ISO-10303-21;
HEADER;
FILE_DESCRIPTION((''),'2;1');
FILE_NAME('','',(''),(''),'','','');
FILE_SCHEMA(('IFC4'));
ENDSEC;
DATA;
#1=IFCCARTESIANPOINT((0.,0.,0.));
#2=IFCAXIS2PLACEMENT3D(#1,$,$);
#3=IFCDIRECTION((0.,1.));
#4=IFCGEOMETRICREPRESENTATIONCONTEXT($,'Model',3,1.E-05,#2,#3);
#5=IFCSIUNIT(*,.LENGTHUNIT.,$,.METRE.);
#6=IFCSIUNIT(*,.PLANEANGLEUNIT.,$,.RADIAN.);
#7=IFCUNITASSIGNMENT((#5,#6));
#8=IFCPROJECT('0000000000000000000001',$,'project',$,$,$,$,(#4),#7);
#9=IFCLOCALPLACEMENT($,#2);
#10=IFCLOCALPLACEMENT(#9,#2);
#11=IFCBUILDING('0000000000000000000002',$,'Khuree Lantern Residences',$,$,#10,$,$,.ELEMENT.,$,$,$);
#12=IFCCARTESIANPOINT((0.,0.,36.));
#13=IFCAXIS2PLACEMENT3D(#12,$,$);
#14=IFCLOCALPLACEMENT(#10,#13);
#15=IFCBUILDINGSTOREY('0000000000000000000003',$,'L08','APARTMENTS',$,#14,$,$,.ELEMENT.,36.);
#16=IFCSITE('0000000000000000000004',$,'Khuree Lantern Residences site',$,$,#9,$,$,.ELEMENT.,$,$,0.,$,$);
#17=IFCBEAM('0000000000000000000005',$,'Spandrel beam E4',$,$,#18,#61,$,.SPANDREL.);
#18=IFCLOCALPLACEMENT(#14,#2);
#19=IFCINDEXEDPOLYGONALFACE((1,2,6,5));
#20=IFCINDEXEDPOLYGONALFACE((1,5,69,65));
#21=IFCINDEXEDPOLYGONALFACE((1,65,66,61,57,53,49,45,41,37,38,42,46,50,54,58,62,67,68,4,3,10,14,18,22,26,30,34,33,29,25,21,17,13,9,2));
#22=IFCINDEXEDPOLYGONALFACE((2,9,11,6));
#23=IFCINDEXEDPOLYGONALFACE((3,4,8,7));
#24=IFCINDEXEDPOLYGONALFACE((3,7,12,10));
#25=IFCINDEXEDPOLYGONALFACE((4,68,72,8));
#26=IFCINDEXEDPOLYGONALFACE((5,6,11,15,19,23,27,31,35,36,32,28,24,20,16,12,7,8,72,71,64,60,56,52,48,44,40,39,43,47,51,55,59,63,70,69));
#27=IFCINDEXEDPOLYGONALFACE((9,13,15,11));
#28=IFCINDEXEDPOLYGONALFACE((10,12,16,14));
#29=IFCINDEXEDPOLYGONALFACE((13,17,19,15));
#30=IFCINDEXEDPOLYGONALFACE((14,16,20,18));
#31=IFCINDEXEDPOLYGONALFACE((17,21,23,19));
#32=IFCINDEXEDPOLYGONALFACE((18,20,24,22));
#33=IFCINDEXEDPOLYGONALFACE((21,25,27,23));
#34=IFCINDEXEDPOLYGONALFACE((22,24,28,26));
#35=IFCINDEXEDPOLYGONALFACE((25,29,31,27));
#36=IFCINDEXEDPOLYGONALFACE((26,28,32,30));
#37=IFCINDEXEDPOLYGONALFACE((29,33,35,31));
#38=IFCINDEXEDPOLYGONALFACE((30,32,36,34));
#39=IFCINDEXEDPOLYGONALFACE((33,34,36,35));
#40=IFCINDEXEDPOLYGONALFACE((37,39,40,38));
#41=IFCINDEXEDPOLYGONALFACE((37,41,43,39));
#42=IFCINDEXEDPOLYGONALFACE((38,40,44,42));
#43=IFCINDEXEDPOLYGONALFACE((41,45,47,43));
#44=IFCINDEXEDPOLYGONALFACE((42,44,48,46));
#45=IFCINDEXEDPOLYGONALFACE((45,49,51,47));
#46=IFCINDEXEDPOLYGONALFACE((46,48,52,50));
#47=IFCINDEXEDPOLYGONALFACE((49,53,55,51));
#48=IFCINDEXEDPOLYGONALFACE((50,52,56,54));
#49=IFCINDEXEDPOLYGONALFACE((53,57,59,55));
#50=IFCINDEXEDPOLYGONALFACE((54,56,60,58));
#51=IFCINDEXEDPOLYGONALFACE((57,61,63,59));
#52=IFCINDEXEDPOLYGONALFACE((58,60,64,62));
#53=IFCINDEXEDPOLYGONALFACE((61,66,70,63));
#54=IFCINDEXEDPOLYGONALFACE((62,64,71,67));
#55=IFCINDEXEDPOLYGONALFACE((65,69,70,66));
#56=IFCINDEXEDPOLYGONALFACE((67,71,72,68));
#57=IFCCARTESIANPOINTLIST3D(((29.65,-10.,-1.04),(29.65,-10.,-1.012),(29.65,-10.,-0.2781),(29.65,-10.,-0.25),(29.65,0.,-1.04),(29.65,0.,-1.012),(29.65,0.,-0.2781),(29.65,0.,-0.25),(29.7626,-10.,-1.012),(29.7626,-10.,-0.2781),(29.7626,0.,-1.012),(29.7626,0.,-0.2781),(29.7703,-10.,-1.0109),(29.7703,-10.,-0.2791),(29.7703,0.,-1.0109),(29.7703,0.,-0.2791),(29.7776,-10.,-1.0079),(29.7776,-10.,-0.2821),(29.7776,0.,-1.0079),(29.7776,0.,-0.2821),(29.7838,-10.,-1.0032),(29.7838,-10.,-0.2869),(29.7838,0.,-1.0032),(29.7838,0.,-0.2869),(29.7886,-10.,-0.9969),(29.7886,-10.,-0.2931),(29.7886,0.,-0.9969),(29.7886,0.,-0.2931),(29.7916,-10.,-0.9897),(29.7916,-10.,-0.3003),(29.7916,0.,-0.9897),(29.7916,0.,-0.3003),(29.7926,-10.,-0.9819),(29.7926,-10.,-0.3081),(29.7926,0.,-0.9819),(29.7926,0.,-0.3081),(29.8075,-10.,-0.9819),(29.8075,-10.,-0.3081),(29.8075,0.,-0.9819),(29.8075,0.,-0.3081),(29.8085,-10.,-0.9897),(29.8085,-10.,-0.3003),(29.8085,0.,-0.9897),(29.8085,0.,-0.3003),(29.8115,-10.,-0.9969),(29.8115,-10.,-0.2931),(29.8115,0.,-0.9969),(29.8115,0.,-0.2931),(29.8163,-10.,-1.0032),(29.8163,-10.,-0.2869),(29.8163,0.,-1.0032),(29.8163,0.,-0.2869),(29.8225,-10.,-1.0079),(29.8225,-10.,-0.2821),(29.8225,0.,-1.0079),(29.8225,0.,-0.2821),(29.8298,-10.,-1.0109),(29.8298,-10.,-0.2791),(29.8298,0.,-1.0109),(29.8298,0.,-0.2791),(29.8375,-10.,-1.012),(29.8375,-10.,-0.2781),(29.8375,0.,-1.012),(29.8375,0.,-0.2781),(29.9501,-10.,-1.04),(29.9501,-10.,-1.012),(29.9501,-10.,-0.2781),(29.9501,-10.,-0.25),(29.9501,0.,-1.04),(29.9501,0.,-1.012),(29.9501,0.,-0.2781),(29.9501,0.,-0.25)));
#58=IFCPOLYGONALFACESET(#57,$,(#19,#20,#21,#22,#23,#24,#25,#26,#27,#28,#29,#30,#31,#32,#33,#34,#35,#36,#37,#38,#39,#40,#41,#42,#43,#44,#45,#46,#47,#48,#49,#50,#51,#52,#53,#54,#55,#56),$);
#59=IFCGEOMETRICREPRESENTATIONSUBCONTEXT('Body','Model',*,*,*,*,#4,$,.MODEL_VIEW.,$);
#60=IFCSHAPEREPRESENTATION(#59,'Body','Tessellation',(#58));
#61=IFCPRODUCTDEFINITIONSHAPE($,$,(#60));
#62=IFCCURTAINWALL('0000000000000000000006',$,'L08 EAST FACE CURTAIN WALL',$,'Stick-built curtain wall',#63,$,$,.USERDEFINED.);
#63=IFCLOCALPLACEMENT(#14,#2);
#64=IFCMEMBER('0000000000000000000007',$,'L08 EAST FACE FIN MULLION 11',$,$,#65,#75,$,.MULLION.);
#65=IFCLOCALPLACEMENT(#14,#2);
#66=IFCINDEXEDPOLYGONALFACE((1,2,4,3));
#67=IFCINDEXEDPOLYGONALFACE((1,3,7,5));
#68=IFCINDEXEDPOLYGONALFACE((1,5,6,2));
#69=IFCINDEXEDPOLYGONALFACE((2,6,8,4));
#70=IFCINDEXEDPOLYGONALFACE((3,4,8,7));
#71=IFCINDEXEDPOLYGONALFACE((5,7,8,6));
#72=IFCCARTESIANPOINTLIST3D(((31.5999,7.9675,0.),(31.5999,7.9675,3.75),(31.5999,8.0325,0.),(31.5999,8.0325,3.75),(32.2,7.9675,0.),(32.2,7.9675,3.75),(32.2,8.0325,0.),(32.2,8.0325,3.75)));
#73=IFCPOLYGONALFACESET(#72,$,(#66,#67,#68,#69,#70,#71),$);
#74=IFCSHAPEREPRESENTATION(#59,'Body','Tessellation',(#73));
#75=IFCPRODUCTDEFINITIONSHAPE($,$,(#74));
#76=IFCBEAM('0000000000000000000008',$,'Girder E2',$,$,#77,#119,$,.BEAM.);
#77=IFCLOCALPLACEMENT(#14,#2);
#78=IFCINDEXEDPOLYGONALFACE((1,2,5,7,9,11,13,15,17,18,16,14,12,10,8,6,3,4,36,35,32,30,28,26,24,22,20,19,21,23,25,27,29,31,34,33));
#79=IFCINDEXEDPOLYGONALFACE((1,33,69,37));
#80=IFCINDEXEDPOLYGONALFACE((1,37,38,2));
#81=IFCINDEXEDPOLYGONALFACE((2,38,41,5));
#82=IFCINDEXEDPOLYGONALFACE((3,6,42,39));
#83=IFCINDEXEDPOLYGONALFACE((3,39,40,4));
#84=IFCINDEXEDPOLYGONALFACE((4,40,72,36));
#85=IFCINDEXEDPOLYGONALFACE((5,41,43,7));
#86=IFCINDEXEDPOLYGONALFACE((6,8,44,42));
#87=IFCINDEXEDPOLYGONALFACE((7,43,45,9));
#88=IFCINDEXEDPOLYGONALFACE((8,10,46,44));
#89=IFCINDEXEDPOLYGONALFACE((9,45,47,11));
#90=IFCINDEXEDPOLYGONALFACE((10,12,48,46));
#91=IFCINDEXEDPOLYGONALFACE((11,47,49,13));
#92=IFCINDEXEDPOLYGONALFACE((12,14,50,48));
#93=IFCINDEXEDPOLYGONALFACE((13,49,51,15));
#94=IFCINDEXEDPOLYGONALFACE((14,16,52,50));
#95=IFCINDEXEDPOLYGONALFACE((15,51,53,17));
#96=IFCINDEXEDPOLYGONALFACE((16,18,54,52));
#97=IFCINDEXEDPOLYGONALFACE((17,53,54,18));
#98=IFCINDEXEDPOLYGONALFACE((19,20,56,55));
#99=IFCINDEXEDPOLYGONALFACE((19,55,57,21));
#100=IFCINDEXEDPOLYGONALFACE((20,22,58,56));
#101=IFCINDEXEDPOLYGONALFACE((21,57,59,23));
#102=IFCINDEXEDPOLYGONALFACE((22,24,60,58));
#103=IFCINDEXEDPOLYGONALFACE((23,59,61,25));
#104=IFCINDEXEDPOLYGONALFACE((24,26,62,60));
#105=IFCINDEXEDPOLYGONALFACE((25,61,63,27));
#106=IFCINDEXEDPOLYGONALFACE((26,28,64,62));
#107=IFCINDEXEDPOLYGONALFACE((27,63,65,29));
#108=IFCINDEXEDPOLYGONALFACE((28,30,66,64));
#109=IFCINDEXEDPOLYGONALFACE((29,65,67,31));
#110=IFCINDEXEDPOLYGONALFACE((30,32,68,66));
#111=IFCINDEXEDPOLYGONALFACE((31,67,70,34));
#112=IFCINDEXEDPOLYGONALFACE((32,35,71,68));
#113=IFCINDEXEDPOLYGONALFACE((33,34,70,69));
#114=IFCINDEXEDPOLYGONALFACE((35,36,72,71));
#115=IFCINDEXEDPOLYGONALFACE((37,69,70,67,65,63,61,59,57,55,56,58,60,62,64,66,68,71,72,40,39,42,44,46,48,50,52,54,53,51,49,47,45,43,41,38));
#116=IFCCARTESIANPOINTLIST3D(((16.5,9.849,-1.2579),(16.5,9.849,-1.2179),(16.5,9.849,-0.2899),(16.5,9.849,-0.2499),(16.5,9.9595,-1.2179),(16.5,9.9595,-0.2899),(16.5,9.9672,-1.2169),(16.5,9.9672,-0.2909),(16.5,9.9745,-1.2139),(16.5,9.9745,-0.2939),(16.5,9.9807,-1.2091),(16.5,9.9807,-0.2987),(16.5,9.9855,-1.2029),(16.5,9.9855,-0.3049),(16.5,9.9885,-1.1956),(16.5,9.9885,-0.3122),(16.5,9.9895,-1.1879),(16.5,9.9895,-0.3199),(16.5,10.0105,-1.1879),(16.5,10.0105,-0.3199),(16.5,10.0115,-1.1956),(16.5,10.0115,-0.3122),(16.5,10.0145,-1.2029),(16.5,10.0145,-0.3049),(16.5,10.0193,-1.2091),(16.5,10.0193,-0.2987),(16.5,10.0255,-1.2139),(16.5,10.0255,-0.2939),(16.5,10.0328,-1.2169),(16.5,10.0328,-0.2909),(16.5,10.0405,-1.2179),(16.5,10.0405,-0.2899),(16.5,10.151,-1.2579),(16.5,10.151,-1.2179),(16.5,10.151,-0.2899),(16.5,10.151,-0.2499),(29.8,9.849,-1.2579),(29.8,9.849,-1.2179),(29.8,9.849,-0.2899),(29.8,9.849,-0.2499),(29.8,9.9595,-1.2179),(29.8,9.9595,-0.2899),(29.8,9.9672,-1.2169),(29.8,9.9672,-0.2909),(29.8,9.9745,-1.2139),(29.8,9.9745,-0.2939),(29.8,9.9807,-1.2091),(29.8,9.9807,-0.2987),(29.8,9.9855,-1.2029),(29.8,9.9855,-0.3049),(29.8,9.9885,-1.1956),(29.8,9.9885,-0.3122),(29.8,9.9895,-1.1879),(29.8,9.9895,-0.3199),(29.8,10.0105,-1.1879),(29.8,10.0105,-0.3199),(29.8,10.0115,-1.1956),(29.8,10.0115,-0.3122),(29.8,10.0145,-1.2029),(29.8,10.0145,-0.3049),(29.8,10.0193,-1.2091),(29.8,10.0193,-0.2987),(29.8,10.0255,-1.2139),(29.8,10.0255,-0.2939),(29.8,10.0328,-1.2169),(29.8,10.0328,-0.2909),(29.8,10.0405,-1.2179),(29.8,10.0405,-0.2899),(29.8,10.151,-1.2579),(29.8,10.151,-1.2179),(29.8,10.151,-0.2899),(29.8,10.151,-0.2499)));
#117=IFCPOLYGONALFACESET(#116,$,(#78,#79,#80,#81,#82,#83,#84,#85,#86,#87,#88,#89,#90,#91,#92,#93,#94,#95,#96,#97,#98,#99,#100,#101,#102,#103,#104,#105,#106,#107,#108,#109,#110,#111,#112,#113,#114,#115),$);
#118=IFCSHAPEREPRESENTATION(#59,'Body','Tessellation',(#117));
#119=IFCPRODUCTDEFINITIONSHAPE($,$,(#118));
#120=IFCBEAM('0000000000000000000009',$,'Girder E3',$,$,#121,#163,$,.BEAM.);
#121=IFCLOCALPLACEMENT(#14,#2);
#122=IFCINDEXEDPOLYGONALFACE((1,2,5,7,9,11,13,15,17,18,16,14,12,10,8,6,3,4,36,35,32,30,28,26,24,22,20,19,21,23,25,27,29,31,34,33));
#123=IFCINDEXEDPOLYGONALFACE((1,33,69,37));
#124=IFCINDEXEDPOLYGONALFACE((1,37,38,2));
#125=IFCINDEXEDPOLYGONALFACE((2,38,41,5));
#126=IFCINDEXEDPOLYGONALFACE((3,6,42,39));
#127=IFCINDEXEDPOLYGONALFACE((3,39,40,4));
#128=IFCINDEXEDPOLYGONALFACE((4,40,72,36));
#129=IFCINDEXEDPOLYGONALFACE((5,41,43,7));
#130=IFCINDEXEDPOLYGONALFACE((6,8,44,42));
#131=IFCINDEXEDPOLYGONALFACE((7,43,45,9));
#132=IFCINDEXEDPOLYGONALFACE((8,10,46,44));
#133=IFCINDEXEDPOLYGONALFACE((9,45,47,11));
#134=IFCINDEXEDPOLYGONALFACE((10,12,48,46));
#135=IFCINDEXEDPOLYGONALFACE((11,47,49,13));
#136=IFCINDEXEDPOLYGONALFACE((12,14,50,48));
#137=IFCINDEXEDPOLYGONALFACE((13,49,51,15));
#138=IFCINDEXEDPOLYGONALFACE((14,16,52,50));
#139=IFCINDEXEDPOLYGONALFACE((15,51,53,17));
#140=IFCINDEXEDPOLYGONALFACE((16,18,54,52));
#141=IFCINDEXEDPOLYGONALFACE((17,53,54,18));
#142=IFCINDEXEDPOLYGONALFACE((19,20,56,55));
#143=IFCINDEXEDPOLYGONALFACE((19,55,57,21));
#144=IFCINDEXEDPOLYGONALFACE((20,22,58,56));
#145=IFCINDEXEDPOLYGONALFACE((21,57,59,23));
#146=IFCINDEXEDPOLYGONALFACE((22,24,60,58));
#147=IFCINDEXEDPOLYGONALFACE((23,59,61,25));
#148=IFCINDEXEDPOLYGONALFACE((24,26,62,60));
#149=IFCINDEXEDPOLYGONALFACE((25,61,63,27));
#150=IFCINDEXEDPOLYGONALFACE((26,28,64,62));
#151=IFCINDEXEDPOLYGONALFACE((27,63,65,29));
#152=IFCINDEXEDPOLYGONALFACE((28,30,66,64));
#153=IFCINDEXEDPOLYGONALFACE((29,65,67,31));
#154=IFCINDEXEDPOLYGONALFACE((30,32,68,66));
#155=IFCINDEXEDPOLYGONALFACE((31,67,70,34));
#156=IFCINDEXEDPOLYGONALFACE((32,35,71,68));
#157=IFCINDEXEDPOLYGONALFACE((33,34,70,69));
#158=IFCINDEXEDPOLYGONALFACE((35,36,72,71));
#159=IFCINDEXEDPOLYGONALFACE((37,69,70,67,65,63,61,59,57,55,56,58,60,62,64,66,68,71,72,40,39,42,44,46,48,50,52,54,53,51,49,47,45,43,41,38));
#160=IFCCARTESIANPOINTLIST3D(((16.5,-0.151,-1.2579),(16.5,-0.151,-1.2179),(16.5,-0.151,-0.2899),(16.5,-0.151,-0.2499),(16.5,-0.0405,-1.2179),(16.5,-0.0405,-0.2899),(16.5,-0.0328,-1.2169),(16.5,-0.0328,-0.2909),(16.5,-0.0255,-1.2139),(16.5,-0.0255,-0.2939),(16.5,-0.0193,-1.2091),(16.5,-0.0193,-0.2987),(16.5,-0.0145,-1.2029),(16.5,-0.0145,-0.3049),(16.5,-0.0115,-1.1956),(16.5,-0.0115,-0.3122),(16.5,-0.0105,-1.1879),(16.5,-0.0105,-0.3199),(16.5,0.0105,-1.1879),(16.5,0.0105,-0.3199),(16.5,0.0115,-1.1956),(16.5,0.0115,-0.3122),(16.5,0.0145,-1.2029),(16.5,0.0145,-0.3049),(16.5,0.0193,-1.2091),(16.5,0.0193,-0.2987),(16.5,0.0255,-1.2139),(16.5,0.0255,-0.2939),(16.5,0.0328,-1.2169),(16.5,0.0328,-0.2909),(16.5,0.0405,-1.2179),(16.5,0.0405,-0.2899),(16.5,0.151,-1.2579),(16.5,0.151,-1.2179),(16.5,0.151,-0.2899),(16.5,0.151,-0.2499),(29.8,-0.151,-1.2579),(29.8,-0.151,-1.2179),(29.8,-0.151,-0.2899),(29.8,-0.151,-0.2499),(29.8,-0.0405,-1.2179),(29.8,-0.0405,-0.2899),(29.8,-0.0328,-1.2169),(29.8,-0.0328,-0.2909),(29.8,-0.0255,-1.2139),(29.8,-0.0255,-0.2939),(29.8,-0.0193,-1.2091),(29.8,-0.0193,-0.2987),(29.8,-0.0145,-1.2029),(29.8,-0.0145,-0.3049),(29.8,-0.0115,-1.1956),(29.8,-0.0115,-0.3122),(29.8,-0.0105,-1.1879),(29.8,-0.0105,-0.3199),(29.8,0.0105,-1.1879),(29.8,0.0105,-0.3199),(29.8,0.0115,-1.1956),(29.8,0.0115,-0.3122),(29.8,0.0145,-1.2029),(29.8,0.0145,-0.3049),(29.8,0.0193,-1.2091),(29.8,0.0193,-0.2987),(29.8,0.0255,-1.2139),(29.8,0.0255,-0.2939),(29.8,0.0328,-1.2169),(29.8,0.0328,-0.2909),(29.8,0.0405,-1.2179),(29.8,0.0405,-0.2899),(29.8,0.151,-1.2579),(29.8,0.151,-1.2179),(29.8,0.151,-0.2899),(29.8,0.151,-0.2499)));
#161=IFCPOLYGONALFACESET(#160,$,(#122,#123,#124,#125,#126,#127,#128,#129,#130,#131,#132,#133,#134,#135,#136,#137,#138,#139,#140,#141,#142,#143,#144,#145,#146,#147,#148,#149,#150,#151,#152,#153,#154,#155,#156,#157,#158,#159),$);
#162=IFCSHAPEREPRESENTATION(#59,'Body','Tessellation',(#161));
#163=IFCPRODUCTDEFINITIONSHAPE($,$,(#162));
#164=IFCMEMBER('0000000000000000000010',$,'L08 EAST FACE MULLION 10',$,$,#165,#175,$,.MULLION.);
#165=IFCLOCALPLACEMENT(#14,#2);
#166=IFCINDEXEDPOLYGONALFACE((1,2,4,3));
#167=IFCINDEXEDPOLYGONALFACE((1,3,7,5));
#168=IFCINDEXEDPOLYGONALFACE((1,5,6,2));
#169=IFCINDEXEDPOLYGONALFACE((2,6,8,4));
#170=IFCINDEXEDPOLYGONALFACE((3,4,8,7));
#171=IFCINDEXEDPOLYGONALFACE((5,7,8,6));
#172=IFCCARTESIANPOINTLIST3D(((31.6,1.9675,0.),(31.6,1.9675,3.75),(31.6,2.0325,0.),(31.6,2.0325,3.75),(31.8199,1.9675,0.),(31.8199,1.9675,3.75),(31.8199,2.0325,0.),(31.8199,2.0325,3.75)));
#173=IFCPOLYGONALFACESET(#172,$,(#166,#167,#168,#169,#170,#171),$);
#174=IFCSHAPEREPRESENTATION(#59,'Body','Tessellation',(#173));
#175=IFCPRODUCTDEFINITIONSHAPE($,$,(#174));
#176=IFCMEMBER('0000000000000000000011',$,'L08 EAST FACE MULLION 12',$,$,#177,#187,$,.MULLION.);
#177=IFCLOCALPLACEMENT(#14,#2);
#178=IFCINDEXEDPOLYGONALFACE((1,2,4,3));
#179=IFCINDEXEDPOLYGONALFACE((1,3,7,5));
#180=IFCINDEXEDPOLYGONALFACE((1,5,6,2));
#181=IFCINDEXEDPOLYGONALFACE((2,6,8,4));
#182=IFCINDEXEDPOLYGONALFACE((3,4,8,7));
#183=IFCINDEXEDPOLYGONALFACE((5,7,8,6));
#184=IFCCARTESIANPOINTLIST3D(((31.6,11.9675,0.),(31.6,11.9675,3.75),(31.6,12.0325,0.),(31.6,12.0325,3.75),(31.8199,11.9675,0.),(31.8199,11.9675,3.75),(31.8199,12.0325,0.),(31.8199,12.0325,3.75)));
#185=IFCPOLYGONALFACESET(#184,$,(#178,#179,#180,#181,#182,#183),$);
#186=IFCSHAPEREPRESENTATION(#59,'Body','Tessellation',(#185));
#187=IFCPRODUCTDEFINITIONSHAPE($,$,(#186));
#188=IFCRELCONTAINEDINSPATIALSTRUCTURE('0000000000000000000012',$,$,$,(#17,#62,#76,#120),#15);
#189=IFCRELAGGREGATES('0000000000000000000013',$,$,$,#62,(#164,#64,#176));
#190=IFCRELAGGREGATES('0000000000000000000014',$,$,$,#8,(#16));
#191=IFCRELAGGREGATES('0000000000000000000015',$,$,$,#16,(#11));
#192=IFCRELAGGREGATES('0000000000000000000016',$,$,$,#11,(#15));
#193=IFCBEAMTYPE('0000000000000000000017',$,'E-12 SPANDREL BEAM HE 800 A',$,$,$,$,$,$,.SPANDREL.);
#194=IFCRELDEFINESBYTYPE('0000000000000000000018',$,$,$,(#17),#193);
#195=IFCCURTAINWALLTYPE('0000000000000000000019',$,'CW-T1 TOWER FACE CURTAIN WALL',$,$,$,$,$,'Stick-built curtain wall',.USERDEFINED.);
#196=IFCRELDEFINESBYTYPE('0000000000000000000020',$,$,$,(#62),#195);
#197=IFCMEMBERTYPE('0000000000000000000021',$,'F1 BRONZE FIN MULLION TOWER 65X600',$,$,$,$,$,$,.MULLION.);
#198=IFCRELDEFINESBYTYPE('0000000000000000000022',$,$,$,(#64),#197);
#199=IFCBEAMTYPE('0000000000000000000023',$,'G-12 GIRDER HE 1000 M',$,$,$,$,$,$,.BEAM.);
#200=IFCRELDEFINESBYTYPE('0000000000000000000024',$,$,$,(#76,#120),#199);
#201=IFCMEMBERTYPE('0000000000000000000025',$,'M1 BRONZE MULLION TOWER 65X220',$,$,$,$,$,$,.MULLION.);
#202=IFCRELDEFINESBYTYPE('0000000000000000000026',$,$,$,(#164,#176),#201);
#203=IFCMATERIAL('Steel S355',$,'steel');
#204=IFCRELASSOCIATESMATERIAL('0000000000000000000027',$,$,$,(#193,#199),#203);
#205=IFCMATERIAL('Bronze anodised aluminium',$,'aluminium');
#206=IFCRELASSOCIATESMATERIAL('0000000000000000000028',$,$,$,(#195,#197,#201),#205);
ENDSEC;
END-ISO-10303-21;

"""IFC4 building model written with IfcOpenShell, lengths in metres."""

from ifc_helpers import new_model, si_unit, direction, frame, origin, origin_2d, place, context, subcontext, project, spatial, rectangle, i_section, extrude, material, material_profile, profile_set, type_object, element, aggregate, save


model = new_model("IFC4")

# Units and contexts
model_context = context("Model", 3, precision=1e-05, world=origin(), true_north=direction((0.0, 1.0)))
body_context = subcontext(model_context, "Body", "Model", "MODEL_VIEW")
ifc_project = project(units=[si_unit("LENGTHUNIT", "METRE"), si_unit("PLANEANGLEUNIT", "RADIAN")], contexts=[model_context])

# Site, building, storey
site_placement = place(None, origin())
site = spatial("IfcSite", under=ifc_project, at=site_placement, Name="Khuree Lantern Residences site", CompositionType="ELEMENT", RefElevation=0.0)
building_placement = place(site_placement, origin())
building = spatial("IfcBuilding", under=site, at=building_placement, Name="Khuree Lantern Residences", CompositionType="ELEMENT")
storey_placement = place(building_placement, frame((0.0, 0.0, 36.0)))
storey = spatial("IfcBuildingStorey", under=building, at=storey_placement, Name="L08", Description="APARTMENTS", CompositionType="ELEMENT", Elevation=36.0)

# Beam
ifc_material_1 = material(Name="Steel S355", Category="steel")
ifc_material_profile_1 = material_profile(ifc_material_1, i_section(OverallWidth=0.3, OverallDepth=0.79, WebThickness=0.0149, FlangeThickness=0.0281, FilletRadius=0.03, at=origin_2d()), Name="HE 800 A")
ifc_profile_set_1 = profile_set([ifc_material_profile_1], Name="Steel S355")
beam_type_1 = type_object("IfcBeamType", Name="E-12 SPANDREL BEAM HE 800 A", PredefinedType="SPANDREL", material=ifc_profile_set_1)
for number, where, z_axis, x_axis, name in (
    (1, (29.8, 0.0, -0.645), (0.0, -1.0, 0.0), (1.0, 0.0, 0.0), "Spandrel beam E4"),
):
    element("IfcBeam", number, at=place(storey_placement, frame(where, z_axis=z_axis, x_axis=x_axis)), inside=storey, type_object=beam_type_1, Name=name, PredefinedType="SPANDREL", context=body_context, shape_type="SweptSolid", body=[
        extrude(i_section(OverallWidth=0.3, OverallDepth=0.79, WebThickness=0.0149, FlangeThickness=0.0281, FilletRadius=0.03, at=origin_2d()), origin(), (0.0, 0.0, 1.0), 10.0),
    ])

# Curtain wall, member
ifc_material_2 = material(Name="Bronze anodised aluminium", Category="aluminium")
curtain_wall_type = type_object("IfcCurtainWallType", Name="CW-T1 TOWER FACE CURTAIN WALL", ElementType="Stick-built curtain wall", PredefinedType="USERDEFINED", material=ifc_material_2)
curtain_wall_placement = place(storey_placement, origin())
curtain_wall = element("IfcCurtainWall", 2, at=curtain_wall_placement, inside=storey, type_object=curtain_wall_type, Name="L08 EAST FACE CURTAIN WALL", ObjectType="Stick-built curtain wall", PredefinedType="USERDEFINED")
ifc_material_profile_2 = material_profile(ifc_material_2, rectangle(XDim=0.0649, YDim=0.6001, at=origin_2d()), Name="F1 65X600")
ifc_profile_set_2 = profile_set([ifc_material_profile_2], Name="Bronze anodised aluminium")
member_type_1 = type_object("IfcMemberType", Name="F1 BRONZE FIN MULLION TOWER 65X600", PredefinedType="MULLION", material=ifc_profile_set_2)
member_1_placement = place(storey_placement, frame((31.8999, 8.0, 0.0), z_axis=(0.0, 0.0, 1.0), x_axis=(0.0, 1.0, 0.0)))
member_1 = element("IfcMember", 3, at=member_1_placement, type_object=member_type_1, Name="L08 EAST FACE FIN MULLION 11", PredefinedType="MULLION", context=body_context, shape_type="SweptSolid", body=[
    extrude(rectangle(XDim=0.0649, YDim=0.6001, at=origin_2d()), origin(), (0.0, 0.0, 1.0), 3.75),
])

# Beams
ifc_material_profile_3 = material_profile(ifc_material_1, i_section(OverallWidth=0.302, OverallDepth=1.0081, WebThickness=0.021, FlangeThickness=0.04, FilletRadius=0.03, at=origin_2d()), Name="HE 1000 M")
ifc_profile_set_3 = profile_set([ifc_material_profile_3], Name="Steel S355")
beam_type_2 = type_object("IfcBeamType", Name="G-12 GIRDER HE 1000 M", PredefinedType="BEAM", material=ifc_profile_set_3)
for number, where, z_axis, x_axis, name in (
    (4, (29.8, 10.0, -0.7539), (-1.0, 0.0, 0.0), (0.0, -1.0, 0.0), "Girder E2"),
    (5, (29.8, 0.0, -0.7539), (-1.0, 0.0, 0.0), (0.0, -1.0, 0.0), "Girder E3"),
):
    element("IfcBeam", number, at=place(storey_placement, frame(where, z_axis=z_axis, x_axis=x_axis)), inside=storey, type_object=beam_type_2, Name=name, PredefinedType="BEAM", context=body_context, shape_type="SweptSolid", body=[
        extrude(i_section(OverallWidth=0.302, OverallDepth=1.0081, WebThickness=0.021, FlangeThickness=0.04, FilletRadius=0.03, at=origin_2d()), origin(), (0.0, 0.0, 1.0), 13.3),
    ])

# Members
ifc_material_profile_4 = material_profile(ifc_material_2, rectangle(XDim=0.0649, YDim=0.22, at=origin_2d()), Name="M1 65X220")
ifc_profile_set_4 = profile_set([ifc_material_profile_4], Name="Bronze anodised aluminium")
member_type_2 = type_object("IfcMemberType", Name="M1 BRONZE MULLION TOWER 65X220", PredefinedType="MULLION", material=ifc_profile_set_4)
member_2_placement = place(storey_placement, frame((31.71, 2.0, 0.0), z_axis=(0.0, 0.0, 1.0), x_axis=(0.0, 1.0, 0.0)))
member_2 = element("IfcMember", 6, at=member_2_placement, type_object=member_type_2, Name="L08 EAST FACE MULLION 10", PredefinedType="MULLION", context=body_context, shape_type="SweptSolid", body=[
    extrude(rectangle(XDim=0.0649, YDim=0.22, at=origin_2d()), origin(), (0.0, 0.0, 1.0), 3.75),
])
member_3_placement = place(storey_placement, frame((31.71, 12.0, 0.0), z_axis=(0.0, 0.0, 1.0), x_axis=(0.0, 1.0, 0.0)))
member_3 = element("IfcMember", 7, at=member_3_placement, type_object=member_type_2, Name="L08 EAST FACE MULLION 12", PredefinedType="MULLION", context=body_context, shape_type="SweptSolid", body=[
    extrude(rectangle(XDim=0.0649, YDim=0.22, at=origin_2d()), origin(), (0.0, 0.0, 1.0), 3.75),
])

aggregate(curtain_wall, [member_2, member_1, member_3])

save(model, "model.ifc")
